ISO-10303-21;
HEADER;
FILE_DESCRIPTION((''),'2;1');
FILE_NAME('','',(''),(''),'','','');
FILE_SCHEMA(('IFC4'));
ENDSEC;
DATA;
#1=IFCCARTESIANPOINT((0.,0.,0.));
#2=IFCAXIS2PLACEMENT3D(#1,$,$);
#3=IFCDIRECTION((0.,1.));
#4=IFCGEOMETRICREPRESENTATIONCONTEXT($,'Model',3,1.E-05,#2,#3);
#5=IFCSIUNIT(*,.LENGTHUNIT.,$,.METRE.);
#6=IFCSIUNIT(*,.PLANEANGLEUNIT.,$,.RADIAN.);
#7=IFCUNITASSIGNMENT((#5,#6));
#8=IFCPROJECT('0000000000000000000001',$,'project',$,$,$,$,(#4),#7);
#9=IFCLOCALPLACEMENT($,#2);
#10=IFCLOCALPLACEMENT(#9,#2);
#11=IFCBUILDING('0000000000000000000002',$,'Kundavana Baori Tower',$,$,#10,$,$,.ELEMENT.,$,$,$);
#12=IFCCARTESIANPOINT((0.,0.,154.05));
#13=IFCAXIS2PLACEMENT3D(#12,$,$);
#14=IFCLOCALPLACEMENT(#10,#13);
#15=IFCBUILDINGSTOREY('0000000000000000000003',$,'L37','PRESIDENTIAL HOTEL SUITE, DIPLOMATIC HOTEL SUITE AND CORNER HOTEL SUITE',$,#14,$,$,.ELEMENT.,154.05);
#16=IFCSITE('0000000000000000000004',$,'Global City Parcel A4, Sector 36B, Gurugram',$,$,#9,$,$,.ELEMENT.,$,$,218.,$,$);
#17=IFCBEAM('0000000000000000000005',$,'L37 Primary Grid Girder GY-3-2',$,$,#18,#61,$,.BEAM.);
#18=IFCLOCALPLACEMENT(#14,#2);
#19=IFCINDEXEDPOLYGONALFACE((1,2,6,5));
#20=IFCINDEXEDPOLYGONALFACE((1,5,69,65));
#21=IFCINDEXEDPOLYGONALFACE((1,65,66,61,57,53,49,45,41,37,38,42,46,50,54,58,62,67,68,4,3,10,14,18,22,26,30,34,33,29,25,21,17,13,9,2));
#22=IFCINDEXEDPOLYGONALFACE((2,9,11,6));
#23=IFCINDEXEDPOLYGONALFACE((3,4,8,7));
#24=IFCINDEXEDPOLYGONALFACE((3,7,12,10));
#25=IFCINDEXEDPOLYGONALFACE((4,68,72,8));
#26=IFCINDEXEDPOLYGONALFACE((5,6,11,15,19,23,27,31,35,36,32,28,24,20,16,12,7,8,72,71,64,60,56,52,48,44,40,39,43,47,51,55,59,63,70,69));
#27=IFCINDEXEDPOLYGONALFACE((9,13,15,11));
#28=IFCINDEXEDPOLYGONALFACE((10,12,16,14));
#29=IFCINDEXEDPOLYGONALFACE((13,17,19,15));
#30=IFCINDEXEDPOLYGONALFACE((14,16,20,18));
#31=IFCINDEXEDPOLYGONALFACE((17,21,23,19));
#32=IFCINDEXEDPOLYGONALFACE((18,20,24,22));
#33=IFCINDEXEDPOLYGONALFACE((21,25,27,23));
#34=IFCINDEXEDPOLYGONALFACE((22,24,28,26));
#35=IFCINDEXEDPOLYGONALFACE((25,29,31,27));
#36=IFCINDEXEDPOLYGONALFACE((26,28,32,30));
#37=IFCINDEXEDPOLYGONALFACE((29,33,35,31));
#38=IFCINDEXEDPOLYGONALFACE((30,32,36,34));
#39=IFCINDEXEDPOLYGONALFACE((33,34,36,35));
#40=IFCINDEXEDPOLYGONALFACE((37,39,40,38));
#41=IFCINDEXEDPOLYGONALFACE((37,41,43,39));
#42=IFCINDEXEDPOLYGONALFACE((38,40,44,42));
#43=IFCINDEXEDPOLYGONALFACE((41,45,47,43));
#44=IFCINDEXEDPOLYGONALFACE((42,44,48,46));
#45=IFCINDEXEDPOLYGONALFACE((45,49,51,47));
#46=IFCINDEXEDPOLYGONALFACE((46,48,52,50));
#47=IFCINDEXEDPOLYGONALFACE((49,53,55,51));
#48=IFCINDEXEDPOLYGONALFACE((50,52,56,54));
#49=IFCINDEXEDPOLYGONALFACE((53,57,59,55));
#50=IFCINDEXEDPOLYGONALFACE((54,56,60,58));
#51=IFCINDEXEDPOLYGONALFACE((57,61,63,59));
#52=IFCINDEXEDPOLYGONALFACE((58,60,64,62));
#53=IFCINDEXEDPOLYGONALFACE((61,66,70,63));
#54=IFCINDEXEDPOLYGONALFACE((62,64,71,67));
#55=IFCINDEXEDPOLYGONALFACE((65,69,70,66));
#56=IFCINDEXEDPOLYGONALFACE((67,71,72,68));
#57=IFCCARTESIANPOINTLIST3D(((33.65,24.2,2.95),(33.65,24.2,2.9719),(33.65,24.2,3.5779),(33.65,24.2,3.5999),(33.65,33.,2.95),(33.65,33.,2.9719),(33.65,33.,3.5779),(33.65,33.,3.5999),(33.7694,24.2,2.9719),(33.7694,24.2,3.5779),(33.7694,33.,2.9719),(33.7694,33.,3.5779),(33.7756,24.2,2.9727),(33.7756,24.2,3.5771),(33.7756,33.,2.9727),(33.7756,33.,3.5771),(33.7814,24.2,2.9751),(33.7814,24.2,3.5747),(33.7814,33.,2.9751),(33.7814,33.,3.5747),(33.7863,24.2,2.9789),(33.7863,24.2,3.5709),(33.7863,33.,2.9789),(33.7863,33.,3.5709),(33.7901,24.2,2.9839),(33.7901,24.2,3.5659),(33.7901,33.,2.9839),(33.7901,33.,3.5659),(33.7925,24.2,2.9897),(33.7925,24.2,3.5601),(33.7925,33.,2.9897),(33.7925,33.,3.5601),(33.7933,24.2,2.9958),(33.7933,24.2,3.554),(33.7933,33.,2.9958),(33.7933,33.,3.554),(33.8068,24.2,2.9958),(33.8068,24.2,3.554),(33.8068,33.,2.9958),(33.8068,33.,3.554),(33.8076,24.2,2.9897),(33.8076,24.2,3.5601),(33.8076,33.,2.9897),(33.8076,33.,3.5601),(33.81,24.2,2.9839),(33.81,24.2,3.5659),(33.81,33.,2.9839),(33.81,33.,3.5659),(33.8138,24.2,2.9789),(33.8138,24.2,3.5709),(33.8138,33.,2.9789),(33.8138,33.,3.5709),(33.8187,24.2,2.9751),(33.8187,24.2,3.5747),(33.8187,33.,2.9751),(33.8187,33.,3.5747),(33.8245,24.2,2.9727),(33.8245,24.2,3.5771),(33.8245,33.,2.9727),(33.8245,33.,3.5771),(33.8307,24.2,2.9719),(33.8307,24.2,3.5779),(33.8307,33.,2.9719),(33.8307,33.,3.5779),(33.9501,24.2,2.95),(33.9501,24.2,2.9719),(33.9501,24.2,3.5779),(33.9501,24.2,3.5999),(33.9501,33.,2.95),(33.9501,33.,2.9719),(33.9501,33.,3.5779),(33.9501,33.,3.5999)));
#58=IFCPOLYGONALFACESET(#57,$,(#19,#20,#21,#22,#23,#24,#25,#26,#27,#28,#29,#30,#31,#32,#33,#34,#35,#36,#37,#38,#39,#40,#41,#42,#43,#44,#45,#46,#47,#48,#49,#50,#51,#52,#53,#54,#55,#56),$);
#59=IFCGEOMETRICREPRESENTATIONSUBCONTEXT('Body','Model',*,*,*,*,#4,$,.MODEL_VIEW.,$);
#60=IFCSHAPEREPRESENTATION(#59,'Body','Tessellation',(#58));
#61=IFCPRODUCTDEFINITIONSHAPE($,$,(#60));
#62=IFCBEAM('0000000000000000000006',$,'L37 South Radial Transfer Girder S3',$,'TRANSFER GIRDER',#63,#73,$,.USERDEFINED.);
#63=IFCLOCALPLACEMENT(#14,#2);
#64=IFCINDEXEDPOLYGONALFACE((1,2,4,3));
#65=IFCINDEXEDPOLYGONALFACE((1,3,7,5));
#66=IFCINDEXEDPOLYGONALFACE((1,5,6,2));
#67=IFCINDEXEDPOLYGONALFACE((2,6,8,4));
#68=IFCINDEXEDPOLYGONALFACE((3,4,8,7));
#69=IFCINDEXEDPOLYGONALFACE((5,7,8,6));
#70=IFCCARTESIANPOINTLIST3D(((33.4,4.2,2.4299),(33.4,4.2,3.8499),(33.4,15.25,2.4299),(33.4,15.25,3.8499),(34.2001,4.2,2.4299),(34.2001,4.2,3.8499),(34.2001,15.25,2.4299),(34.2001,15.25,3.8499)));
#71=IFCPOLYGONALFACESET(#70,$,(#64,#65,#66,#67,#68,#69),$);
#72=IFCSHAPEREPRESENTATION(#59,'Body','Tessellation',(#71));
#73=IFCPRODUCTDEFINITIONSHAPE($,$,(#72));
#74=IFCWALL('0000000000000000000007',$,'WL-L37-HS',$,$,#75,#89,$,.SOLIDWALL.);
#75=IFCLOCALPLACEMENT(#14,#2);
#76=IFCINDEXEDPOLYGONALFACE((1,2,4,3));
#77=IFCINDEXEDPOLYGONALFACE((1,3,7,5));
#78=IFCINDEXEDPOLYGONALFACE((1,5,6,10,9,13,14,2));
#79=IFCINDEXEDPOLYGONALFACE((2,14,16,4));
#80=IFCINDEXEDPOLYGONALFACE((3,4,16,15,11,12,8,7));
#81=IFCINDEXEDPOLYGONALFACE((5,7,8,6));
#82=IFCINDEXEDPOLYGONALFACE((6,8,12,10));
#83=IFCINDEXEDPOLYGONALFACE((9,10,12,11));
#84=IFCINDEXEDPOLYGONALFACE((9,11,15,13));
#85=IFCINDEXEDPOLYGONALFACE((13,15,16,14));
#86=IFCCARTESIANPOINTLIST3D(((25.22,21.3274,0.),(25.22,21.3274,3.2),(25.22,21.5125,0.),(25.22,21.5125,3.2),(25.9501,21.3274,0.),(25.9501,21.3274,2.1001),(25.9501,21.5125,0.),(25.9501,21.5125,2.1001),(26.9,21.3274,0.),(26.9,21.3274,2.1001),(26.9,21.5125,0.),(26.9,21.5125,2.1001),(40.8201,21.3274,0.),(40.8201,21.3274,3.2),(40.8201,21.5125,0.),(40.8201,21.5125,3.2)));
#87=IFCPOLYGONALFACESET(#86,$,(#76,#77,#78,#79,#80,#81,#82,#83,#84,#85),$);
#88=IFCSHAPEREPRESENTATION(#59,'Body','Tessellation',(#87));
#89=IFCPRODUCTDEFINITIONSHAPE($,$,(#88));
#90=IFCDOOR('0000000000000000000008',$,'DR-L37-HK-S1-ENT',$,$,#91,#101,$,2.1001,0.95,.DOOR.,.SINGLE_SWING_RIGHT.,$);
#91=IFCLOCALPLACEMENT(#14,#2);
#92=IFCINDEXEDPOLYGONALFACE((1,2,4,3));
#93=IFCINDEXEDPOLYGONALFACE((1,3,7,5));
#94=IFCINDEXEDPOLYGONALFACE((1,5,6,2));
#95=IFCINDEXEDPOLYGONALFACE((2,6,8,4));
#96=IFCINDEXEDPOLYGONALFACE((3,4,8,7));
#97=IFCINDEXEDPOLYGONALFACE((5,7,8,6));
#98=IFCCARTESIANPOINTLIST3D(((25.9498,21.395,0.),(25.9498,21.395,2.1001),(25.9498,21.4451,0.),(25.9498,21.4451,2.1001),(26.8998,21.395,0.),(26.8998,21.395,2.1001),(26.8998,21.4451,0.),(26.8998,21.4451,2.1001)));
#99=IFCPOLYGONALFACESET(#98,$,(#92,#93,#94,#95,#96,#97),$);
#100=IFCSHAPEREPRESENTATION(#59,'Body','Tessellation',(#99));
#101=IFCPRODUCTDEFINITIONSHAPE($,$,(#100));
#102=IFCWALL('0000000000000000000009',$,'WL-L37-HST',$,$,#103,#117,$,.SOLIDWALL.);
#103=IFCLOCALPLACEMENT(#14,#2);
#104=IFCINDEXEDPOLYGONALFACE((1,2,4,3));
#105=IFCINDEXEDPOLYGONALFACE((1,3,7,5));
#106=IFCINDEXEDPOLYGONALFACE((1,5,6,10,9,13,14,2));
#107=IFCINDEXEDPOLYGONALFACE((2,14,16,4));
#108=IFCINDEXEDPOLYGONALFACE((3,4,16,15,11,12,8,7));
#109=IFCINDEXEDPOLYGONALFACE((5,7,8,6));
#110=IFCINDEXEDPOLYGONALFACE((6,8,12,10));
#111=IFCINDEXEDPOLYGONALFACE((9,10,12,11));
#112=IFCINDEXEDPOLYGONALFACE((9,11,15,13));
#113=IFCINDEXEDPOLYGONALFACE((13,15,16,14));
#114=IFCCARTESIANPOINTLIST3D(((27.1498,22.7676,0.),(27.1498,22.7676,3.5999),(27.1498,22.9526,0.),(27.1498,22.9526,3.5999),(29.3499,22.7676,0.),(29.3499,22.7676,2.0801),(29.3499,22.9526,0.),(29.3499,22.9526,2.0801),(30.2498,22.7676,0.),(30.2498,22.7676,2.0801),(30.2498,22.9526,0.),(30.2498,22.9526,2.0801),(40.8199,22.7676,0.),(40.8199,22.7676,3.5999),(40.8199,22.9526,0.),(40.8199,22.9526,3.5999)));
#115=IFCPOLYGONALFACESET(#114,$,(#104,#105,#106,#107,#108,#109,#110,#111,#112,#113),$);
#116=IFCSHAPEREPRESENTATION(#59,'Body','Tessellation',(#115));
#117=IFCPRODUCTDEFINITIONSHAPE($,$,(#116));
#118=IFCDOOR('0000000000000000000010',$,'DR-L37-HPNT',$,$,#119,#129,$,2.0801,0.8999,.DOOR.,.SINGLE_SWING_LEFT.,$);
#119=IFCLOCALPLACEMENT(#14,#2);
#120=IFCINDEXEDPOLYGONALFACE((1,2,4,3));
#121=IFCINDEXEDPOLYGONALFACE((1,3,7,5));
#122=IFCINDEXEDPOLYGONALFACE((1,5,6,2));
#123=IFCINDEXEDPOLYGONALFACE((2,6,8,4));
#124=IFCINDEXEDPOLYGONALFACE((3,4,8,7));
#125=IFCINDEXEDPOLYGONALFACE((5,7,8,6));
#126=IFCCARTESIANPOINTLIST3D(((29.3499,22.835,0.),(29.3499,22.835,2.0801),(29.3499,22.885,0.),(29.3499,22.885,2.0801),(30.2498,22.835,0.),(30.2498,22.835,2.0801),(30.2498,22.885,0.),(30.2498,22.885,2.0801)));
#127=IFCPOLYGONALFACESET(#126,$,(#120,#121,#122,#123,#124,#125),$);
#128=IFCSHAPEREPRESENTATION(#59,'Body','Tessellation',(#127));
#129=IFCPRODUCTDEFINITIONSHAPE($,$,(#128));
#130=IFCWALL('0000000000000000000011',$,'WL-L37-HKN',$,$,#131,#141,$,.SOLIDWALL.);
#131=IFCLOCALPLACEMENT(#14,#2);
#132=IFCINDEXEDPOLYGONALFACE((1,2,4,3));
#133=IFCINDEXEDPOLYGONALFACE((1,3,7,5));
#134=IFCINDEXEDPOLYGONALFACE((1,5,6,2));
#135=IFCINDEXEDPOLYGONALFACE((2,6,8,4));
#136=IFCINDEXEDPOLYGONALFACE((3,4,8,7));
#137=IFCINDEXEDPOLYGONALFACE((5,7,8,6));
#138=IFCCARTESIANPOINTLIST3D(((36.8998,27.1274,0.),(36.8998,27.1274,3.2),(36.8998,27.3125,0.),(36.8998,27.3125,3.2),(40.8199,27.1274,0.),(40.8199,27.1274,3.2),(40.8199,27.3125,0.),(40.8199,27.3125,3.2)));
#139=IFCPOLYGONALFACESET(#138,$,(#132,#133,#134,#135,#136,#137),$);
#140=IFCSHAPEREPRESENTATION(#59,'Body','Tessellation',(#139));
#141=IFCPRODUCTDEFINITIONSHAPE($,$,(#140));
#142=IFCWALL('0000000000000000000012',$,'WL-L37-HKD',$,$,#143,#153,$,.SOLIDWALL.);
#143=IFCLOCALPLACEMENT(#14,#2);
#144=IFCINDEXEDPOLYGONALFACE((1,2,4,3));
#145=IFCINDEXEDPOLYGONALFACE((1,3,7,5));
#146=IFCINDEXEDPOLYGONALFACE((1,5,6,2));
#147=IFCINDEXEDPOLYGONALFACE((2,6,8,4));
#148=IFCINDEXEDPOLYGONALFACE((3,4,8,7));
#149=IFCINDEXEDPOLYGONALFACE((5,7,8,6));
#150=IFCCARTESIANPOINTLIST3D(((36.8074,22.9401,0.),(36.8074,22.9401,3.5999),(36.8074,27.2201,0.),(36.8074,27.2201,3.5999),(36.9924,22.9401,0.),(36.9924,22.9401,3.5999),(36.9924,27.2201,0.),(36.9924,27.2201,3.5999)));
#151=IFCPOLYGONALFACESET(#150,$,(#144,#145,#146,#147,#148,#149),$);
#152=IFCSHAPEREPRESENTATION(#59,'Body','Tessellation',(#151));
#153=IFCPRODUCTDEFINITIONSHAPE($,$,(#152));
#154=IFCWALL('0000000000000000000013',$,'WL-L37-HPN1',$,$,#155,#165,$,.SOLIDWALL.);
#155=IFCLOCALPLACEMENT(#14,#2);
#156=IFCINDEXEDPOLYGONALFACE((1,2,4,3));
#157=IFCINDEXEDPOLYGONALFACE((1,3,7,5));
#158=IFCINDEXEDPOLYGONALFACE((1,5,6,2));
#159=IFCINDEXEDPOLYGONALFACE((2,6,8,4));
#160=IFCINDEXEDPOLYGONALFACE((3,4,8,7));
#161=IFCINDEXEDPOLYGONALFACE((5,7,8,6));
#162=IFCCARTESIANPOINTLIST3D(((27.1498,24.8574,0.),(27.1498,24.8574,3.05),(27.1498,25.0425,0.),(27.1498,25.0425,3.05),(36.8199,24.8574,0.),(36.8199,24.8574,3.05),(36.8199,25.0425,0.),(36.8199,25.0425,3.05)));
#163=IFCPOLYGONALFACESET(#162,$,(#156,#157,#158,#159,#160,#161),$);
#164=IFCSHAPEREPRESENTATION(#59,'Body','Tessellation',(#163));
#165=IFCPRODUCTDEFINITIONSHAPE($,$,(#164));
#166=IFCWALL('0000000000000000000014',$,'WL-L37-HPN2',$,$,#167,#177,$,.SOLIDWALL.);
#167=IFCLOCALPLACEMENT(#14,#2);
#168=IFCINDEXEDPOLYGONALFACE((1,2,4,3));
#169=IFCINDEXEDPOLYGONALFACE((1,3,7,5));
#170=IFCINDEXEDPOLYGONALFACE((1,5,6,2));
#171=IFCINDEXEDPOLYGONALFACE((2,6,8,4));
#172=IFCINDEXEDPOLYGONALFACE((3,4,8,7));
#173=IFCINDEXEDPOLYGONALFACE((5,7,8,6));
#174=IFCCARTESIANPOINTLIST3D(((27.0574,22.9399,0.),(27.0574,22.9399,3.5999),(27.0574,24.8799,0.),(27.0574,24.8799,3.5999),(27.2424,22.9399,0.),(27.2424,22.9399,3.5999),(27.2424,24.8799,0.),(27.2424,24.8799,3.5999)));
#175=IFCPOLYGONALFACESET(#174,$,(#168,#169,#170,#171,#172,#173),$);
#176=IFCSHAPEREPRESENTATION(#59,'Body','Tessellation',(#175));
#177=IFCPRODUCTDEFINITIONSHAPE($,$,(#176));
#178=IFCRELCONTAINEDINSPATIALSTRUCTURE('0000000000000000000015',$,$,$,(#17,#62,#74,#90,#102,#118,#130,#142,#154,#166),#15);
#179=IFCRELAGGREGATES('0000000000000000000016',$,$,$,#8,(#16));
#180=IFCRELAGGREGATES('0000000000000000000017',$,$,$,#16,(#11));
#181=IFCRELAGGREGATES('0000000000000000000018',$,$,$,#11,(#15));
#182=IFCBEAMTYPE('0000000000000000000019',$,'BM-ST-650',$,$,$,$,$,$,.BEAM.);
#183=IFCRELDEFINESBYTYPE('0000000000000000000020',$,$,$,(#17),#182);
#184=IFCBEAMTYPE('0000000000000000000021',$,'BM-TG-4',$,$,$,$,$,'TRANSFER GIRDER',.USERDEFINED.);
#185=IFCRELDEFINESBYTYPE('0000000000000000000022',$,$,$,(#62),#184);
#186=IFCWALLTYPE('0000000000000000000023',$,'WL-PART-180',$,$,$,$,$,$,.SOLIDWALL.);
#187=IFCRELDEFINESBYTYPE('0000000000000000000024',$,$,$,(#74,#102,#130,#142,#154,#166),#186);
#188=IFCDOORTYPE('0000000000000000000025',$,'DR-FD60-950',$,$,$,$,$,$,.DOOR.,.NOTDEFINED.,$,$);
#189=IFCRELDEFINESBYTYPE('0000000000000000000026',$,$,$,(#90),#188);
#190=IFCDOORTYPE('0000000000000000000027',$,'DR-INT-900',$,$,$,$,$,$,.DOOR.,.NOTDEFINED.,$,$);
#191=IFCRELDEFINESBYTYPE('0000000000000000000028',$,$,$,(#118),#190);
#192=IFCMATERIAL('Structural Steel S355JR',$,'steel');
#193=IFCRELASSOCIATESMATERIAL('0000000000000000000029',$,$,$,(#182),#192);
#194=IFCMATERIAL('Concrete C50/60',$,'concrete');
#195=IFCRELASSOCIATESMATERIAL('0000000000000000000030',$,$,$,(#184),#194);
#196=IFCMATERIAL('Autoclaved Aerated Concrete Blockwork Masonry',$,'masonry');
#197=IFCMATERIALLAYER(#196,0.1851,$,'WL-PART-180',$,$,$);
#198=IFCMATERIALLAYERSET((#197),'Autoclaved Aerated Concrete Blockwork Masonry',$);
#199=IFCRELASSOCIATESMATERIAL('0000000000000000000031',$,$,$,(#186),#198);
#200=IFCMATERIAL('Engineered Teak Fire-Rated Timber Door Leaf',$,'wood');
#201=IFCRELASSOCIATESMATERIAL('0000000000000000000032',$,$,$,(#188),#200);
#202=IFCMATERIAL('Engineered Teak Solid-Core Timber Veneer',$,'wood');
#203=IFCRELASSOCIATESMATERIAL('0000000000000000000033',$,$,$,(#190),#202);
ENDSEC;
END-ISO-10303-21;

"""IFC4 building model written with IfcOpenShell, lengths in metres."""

from ifc_helpers import new_model, si_unit, direction, frame, frame_2d, origin, origin_2d, place, context, subcontext, project, spatial, rectangle, i_section, extrude, material, layer, layer_set, material_profile, profile_set, type_object, element, fill, save


model = new_model("IFC4")

# Units and contexts
model_context = context("Model", 3, precision=1e-05, world=origin(), true_north=direction((0.0, 1.0)))
body_context = subcontext(model_context, "Body", "Model", "MODEL_VIEW")
ifc_project = project(units=[si_unit("LENGTHUNIT", "METRE"), si_unit("PLANEANGLEUNIT", "RADIAN")], contexts=[model_context])

# Site, building, storey
site_placement = place(None, origin())
site = spatial("IfcSite", under=ifc_project, at=site_placement, Name="Global City Parcel A4, Sector 36B, Gurugram", CompositionType="ELEMENT", RefElevation=218.0)
building_placement = place(site_placement, origin())
building = spatial("IfcBuilding", under=site, at=building_placement, Name="Kundavana Baori Tower", CompositionType="ELEMENT")
storey_placement = place(building_placement, frame((0.0, 0.0, 154.05)))
storey = spatial("IfcBuildingStorey", under=building, at=storey_placement, Name="L37", Description="PRESIDENTIAL HOTEL SUITE, DIPLOMATIC HOTEL SUITE AND CORNER HOTEL SUITE", CompositionType="ELEMENT", Elevation=154.05)

# Beams
ifc_material_1 = material(Name="Structural Steel S355JR", Category="steel")
ifc_material_profile_1 = material_profile(ifc_material_1, i_section(OverallWidth=0.3, OverallDepth=0.6499, WebThickness=0.0134, FlangeThickness=0.022, FilletRadius=0.0239, at=origin_2d()), Name="NPB 650x300x155")
ifc_profile_set_1 = profile_set([ifc_material_profile_1], Name="Structural Steel S355JR")
beam_type_1 = type_object("IfcBeamType", Name="BM-ST-650", PredefinedType="BEAM", material=ifc_profile_set_1)
beam_1_placement = place(storey_placement, frame((33.8, 24.2, 3.2749), z_axis=(0.0, 1.0, 0.0), x_axis=(-1.0, 0.0, 0.0)))
element("IfcBeam", 1, at=beam_1_placement, inside=storey, type_object=beam_type_1, Name="L37 Primary Grid Girder GY-3-2", PredefinedType="BEAM", context=body_context, shape_type="SweptSolid", body=[
    extrude(i_section(OverallWidth=0.3, OverallDepth=0.6499, WebThickness=0.0134, FlangeThickness=0.022, FilletRadius=0.0239, at=origin_2d()), origin(), (0.0, 0.0, 1.0), 8.8),
])
ifc_material_2 = material(Name="Concrete C50/60", Category="concrete")
ifc_material_profile_2 = material_profile(ifc_material_2, rectangle(XDim=0.8, YDim=1.4199, at=origin_2d()), Name="BM-TG-4")
ifc_profile_set_2 = profile_set([ifc_material_profile_2], Name="Concrete C50/60")
beam_type_2 = type_object("IfcBeamType", Name="BM-TG-4", ElementType="TRANSFER GIRDER", PredefinedType="USERDEFINED", material=ifc_profile_set_2)
beam_2_placement = place(storey_placement, frame((33.8, 15.25, 3.1399), z_axis=(0.0, -1.0, 0.0), x_axis=(1.0, 0.0, 0.0)))
element("IfcBeam", 2, at=beam_2_placement, inside=storey, type_object=beam_type_2, Name="L37 South Radial Transfer Girder S3", ObjectType="TRANSFER GIRDER", PredefinedType="USERDEFINED", context=body_context, shape_type="SweptSolid", body=[
    extrude(rectangle(XDim=0.8, YDim=1.4199, at=origin_2d()), origin(), (0.0, 0.0, 1.0), 11.05),
])

# Walls, openings, doors
ifc_material_3 = material(Name="Autoclaved Aerated Concrete Blockwork Masonry", Category="masonry")
ifc_layer = layer(ifc_material_3, 0.1851, Name="WL-PART-180")
ifc_layer_set = layer_set([ifc_layer], Name="Autoclaved Aerated Concrete Blockwork Masonry")
wall_type = type_object("IfcWallType", Name="WL-PART-180", PredefinedType="SOLIDWALL", material=ifc_layer_set)
wall_1_placement = place(storey_placement, frame((25.22, 21.4199, 0.0), z_axis=(0.0, 0.0, 1.0), x_axis=(1.0, 0.0, 0.0)))
wall_1 = element("IfcWall", 3, at=wall_1_placement, inside=storey, type_object=wall_type, Name="WL-L37-HS", PredefinedType="SOLIDWALL", context=body_context, shape_type="SweptSolid", body=[
    extrude(rectangle(XDim=15.6001, YDim=0.1851, at=frame_2d((7.8, 0.0))), origin(), (0.0, 0.0, 1.0), 3.2),
])
opening_1_placement = place(wall_1_placement, frame((0.73, 0.0, 0.0)))
opening_1 = element("IfcOpeningElement", 4, at=opening_1_placement, cuts=wall_1, PredefinedType="OPENING", context=body_context, shape_type="SweptSolid", body=[
    extrude(rectangle(XDim=0.95, YDim=2.1001, at=frame_2d((0.4751, 1.05))), frame((0.0, 0.1025, 0.0), z_axis=(0.0, -1.0, 0.0), x_axis=(1.0, 0.0, 0.0)), (0.0, 0.0, 1.0), 0.2051),
])
ifc_material_4 = material(Name="Engineered Teak Fire-Rated Timber Door Leaf", Category="wood")
door_type_1 = type_object("IfcDoorType", Name="DR-FD60-950", OperationType="NOTDEFINED", PredefinedType="DOOR", material=ifc_material_4)
door_1_placement = place(opening_1_placement, frame((0.95, 0.0, 0.0), z_axis=(0.0, 0.0, 1.0), x_axis=(-1.0, 0.0, 0.0)))
door_1 = element("IfcDoor", 5, at=door_1_placement, inside=storey, type_object=door_type_1, Name="DR-L37-HK-S1-ENT", OperationType="SINGLE_SWING_RIGHT", OverallHeight=2.1001, OverallWidth=0.95, PredefinedType="DOOR", context=body_context, shape_type="SweptSolid", body=[
    extrude(rectangle(XDim=0.95, YDim=2.1001, at=frame_2d((0.4751, 1.05))), frame((0.0, 0.0249, 0.0), z_axis=(0.0, -1.0, 0.0), x_axis=(1.0, 0.0, 0.0)), (0.0, 0.0, 1.0), 0.05),
])
fill(opening_1, door_1)
wall_2_placement = place(storey_placement, frame((27.1499, 22.8601, 0.0), z_axis=(0.0, 0.0, 1.0), x_axis=(1.0, 0.0, 0.0)))
wall_2 = element("IfcWall", 6, at=wall_2_placement, inside=storey, type_object=wall_type, Name="WL-L37-HST", PredefinedType="SOLIDWALL", context=body_context, shape_type="SweptSolid", body=[
    extrude(rectangle(XDim=13.6702, YDim=0.1851, at=frame_2d((6.835, 0.0))), origin(), (0.0, 0.0, 1.0), 3.5999),
])
opening_2_placement = place(wall_2_placement, frame((2.2, 0.0, 0.0)))
opening_2 = element("IfcOpeningElement", 7, at=opening_2_placement, cuts=wall_2, PredefinedType="OPENING", context=body_context, shape_type="SweptSolid", body=[
    extrude(rectangle(XDim=0.8999, YDim=2.0801, at=frame_2d((0.45, 1.04))), frame((0.0, 0.1025, 0.0), z_axis=(0.0, -1.0, 0.0), x_axis=(1.0, 0.0, 0.0)), (0.0, 0.0, 1.0), 0.2051),
])
ifc_material_5 = material(Name="Engineered Teak Solid-Core Timber Veneer", Category="wood")
door_type_2 = type_object("IfcDoorType", Name="DR-INT-900", OperationType="NOTDEFINED", PredefinedType="DOOR", material=ifc_material_5)
door_2_placement = place(opening_2_placement, origin())
door_2 = element("IfcDoor", 8, at=door_2_placement, inside=storey, type_object=door_type_2, Name="DR-L37-HPNT", OperationType="SINGLE_SWING_LEFT", OverallHeight=2.0801, OverallWidth=0.8999, PredefinedType="DOOR", context=body_context, shape_type="SweptSolid", body=[
    extrude(rectangle(XDim=0.8999, YDim=2.0801, at=frame_2d((0.45, 1.04))), frame((0.0, 0.0249, 0.0), z_axis=(0.0, -1.0, 0.0), x_axis=(1.0, 0.0, 0.0)), (0.0, 0.0, 1.0), 0.05),
])
fill(opening_2, door_2)

# Walls
wall_3_placement = place(storey_placement, frame((36.8999, 27.22, 0.0), z_axis=(0.0, 0.0, 1.0), x_axis=(1.0, 0.0, 0.0)))
element("IfcWall", 9, at=wall_3_placement, inside=storey, type_object=wall_type, Name="WL-L37-HKN", PredefinedType="SOLIDWALL", context=body_context, shape_type="SweptSolid", body=[
    extrude(rectangle(XDim=3.9202, YDim=0.1851, at=frame_2d((1.96, 0.0))), origin(), (0.0, 0.0, 1.0), 3.2),
])
wall_4_placement = place(storey_placement, frame((36.8999, 22.9399, 0.0), z_axis=(0.0, 0.0, 1.0), x_axis=(0.0, 1.0, 0.0)))
element("IfcWall", 10, at=wall_4_placement, inside=storey, type_object=wall_type, Name="WL-L37-HKD", PredefinedType="SOLIDWALL", context=body_context, shape_type="SweptSolid", body=[
    extrude(rectangle(XDim=4.28, YDim=0.1851, at=frame_2d((2.1401, 0.0))), origin(), (0.0, 0.0, 1.0), 3.5999),
])
wall_5_placement = place(storey_placement, frame((27.1499, 24.95, 0.0), z_axis=(0.0, 0.0, 1.0), x_axis=(1.0, 0.0, 0.0)))
element("IfcWall", 11, at=wall_5_placement, inside=storey, type_object=wall_type, Name="WL-L37-HPN1", PredefinedType="SOLIDWALL", context=body_context, shape_type="SweptSolid", body=[
    extrude(rectangle(XDim=9.6702, YDim=0.1851, at=frame_2d((4.835, 0.0))), origin(), (0.0, 0.0, 1.0), 3.05),
])
wall_6_placement = place(storey_placement, frame((27.1499, 22.9399, 0.0), z_axis=(0.0, 0.0, 1.0), x_axis=(0.0, 1.0, 0.0)))
element("IfcWall", 12, at=wall_6_placement, inside=storey, type_object=wall_type, Name="WL-L37-HPN2", PredefinedType="SOLIDWALL", context=body_context, shape_type="SweptSolid", body=[
    extrude(rectangle(XDim=1.9399, YDim=0.1851, at=frame_2d((0.97, 0.0))), origin(), (0.0, 0.0, 1.0), 3.5999),
])

save(model, "model.ifc")
